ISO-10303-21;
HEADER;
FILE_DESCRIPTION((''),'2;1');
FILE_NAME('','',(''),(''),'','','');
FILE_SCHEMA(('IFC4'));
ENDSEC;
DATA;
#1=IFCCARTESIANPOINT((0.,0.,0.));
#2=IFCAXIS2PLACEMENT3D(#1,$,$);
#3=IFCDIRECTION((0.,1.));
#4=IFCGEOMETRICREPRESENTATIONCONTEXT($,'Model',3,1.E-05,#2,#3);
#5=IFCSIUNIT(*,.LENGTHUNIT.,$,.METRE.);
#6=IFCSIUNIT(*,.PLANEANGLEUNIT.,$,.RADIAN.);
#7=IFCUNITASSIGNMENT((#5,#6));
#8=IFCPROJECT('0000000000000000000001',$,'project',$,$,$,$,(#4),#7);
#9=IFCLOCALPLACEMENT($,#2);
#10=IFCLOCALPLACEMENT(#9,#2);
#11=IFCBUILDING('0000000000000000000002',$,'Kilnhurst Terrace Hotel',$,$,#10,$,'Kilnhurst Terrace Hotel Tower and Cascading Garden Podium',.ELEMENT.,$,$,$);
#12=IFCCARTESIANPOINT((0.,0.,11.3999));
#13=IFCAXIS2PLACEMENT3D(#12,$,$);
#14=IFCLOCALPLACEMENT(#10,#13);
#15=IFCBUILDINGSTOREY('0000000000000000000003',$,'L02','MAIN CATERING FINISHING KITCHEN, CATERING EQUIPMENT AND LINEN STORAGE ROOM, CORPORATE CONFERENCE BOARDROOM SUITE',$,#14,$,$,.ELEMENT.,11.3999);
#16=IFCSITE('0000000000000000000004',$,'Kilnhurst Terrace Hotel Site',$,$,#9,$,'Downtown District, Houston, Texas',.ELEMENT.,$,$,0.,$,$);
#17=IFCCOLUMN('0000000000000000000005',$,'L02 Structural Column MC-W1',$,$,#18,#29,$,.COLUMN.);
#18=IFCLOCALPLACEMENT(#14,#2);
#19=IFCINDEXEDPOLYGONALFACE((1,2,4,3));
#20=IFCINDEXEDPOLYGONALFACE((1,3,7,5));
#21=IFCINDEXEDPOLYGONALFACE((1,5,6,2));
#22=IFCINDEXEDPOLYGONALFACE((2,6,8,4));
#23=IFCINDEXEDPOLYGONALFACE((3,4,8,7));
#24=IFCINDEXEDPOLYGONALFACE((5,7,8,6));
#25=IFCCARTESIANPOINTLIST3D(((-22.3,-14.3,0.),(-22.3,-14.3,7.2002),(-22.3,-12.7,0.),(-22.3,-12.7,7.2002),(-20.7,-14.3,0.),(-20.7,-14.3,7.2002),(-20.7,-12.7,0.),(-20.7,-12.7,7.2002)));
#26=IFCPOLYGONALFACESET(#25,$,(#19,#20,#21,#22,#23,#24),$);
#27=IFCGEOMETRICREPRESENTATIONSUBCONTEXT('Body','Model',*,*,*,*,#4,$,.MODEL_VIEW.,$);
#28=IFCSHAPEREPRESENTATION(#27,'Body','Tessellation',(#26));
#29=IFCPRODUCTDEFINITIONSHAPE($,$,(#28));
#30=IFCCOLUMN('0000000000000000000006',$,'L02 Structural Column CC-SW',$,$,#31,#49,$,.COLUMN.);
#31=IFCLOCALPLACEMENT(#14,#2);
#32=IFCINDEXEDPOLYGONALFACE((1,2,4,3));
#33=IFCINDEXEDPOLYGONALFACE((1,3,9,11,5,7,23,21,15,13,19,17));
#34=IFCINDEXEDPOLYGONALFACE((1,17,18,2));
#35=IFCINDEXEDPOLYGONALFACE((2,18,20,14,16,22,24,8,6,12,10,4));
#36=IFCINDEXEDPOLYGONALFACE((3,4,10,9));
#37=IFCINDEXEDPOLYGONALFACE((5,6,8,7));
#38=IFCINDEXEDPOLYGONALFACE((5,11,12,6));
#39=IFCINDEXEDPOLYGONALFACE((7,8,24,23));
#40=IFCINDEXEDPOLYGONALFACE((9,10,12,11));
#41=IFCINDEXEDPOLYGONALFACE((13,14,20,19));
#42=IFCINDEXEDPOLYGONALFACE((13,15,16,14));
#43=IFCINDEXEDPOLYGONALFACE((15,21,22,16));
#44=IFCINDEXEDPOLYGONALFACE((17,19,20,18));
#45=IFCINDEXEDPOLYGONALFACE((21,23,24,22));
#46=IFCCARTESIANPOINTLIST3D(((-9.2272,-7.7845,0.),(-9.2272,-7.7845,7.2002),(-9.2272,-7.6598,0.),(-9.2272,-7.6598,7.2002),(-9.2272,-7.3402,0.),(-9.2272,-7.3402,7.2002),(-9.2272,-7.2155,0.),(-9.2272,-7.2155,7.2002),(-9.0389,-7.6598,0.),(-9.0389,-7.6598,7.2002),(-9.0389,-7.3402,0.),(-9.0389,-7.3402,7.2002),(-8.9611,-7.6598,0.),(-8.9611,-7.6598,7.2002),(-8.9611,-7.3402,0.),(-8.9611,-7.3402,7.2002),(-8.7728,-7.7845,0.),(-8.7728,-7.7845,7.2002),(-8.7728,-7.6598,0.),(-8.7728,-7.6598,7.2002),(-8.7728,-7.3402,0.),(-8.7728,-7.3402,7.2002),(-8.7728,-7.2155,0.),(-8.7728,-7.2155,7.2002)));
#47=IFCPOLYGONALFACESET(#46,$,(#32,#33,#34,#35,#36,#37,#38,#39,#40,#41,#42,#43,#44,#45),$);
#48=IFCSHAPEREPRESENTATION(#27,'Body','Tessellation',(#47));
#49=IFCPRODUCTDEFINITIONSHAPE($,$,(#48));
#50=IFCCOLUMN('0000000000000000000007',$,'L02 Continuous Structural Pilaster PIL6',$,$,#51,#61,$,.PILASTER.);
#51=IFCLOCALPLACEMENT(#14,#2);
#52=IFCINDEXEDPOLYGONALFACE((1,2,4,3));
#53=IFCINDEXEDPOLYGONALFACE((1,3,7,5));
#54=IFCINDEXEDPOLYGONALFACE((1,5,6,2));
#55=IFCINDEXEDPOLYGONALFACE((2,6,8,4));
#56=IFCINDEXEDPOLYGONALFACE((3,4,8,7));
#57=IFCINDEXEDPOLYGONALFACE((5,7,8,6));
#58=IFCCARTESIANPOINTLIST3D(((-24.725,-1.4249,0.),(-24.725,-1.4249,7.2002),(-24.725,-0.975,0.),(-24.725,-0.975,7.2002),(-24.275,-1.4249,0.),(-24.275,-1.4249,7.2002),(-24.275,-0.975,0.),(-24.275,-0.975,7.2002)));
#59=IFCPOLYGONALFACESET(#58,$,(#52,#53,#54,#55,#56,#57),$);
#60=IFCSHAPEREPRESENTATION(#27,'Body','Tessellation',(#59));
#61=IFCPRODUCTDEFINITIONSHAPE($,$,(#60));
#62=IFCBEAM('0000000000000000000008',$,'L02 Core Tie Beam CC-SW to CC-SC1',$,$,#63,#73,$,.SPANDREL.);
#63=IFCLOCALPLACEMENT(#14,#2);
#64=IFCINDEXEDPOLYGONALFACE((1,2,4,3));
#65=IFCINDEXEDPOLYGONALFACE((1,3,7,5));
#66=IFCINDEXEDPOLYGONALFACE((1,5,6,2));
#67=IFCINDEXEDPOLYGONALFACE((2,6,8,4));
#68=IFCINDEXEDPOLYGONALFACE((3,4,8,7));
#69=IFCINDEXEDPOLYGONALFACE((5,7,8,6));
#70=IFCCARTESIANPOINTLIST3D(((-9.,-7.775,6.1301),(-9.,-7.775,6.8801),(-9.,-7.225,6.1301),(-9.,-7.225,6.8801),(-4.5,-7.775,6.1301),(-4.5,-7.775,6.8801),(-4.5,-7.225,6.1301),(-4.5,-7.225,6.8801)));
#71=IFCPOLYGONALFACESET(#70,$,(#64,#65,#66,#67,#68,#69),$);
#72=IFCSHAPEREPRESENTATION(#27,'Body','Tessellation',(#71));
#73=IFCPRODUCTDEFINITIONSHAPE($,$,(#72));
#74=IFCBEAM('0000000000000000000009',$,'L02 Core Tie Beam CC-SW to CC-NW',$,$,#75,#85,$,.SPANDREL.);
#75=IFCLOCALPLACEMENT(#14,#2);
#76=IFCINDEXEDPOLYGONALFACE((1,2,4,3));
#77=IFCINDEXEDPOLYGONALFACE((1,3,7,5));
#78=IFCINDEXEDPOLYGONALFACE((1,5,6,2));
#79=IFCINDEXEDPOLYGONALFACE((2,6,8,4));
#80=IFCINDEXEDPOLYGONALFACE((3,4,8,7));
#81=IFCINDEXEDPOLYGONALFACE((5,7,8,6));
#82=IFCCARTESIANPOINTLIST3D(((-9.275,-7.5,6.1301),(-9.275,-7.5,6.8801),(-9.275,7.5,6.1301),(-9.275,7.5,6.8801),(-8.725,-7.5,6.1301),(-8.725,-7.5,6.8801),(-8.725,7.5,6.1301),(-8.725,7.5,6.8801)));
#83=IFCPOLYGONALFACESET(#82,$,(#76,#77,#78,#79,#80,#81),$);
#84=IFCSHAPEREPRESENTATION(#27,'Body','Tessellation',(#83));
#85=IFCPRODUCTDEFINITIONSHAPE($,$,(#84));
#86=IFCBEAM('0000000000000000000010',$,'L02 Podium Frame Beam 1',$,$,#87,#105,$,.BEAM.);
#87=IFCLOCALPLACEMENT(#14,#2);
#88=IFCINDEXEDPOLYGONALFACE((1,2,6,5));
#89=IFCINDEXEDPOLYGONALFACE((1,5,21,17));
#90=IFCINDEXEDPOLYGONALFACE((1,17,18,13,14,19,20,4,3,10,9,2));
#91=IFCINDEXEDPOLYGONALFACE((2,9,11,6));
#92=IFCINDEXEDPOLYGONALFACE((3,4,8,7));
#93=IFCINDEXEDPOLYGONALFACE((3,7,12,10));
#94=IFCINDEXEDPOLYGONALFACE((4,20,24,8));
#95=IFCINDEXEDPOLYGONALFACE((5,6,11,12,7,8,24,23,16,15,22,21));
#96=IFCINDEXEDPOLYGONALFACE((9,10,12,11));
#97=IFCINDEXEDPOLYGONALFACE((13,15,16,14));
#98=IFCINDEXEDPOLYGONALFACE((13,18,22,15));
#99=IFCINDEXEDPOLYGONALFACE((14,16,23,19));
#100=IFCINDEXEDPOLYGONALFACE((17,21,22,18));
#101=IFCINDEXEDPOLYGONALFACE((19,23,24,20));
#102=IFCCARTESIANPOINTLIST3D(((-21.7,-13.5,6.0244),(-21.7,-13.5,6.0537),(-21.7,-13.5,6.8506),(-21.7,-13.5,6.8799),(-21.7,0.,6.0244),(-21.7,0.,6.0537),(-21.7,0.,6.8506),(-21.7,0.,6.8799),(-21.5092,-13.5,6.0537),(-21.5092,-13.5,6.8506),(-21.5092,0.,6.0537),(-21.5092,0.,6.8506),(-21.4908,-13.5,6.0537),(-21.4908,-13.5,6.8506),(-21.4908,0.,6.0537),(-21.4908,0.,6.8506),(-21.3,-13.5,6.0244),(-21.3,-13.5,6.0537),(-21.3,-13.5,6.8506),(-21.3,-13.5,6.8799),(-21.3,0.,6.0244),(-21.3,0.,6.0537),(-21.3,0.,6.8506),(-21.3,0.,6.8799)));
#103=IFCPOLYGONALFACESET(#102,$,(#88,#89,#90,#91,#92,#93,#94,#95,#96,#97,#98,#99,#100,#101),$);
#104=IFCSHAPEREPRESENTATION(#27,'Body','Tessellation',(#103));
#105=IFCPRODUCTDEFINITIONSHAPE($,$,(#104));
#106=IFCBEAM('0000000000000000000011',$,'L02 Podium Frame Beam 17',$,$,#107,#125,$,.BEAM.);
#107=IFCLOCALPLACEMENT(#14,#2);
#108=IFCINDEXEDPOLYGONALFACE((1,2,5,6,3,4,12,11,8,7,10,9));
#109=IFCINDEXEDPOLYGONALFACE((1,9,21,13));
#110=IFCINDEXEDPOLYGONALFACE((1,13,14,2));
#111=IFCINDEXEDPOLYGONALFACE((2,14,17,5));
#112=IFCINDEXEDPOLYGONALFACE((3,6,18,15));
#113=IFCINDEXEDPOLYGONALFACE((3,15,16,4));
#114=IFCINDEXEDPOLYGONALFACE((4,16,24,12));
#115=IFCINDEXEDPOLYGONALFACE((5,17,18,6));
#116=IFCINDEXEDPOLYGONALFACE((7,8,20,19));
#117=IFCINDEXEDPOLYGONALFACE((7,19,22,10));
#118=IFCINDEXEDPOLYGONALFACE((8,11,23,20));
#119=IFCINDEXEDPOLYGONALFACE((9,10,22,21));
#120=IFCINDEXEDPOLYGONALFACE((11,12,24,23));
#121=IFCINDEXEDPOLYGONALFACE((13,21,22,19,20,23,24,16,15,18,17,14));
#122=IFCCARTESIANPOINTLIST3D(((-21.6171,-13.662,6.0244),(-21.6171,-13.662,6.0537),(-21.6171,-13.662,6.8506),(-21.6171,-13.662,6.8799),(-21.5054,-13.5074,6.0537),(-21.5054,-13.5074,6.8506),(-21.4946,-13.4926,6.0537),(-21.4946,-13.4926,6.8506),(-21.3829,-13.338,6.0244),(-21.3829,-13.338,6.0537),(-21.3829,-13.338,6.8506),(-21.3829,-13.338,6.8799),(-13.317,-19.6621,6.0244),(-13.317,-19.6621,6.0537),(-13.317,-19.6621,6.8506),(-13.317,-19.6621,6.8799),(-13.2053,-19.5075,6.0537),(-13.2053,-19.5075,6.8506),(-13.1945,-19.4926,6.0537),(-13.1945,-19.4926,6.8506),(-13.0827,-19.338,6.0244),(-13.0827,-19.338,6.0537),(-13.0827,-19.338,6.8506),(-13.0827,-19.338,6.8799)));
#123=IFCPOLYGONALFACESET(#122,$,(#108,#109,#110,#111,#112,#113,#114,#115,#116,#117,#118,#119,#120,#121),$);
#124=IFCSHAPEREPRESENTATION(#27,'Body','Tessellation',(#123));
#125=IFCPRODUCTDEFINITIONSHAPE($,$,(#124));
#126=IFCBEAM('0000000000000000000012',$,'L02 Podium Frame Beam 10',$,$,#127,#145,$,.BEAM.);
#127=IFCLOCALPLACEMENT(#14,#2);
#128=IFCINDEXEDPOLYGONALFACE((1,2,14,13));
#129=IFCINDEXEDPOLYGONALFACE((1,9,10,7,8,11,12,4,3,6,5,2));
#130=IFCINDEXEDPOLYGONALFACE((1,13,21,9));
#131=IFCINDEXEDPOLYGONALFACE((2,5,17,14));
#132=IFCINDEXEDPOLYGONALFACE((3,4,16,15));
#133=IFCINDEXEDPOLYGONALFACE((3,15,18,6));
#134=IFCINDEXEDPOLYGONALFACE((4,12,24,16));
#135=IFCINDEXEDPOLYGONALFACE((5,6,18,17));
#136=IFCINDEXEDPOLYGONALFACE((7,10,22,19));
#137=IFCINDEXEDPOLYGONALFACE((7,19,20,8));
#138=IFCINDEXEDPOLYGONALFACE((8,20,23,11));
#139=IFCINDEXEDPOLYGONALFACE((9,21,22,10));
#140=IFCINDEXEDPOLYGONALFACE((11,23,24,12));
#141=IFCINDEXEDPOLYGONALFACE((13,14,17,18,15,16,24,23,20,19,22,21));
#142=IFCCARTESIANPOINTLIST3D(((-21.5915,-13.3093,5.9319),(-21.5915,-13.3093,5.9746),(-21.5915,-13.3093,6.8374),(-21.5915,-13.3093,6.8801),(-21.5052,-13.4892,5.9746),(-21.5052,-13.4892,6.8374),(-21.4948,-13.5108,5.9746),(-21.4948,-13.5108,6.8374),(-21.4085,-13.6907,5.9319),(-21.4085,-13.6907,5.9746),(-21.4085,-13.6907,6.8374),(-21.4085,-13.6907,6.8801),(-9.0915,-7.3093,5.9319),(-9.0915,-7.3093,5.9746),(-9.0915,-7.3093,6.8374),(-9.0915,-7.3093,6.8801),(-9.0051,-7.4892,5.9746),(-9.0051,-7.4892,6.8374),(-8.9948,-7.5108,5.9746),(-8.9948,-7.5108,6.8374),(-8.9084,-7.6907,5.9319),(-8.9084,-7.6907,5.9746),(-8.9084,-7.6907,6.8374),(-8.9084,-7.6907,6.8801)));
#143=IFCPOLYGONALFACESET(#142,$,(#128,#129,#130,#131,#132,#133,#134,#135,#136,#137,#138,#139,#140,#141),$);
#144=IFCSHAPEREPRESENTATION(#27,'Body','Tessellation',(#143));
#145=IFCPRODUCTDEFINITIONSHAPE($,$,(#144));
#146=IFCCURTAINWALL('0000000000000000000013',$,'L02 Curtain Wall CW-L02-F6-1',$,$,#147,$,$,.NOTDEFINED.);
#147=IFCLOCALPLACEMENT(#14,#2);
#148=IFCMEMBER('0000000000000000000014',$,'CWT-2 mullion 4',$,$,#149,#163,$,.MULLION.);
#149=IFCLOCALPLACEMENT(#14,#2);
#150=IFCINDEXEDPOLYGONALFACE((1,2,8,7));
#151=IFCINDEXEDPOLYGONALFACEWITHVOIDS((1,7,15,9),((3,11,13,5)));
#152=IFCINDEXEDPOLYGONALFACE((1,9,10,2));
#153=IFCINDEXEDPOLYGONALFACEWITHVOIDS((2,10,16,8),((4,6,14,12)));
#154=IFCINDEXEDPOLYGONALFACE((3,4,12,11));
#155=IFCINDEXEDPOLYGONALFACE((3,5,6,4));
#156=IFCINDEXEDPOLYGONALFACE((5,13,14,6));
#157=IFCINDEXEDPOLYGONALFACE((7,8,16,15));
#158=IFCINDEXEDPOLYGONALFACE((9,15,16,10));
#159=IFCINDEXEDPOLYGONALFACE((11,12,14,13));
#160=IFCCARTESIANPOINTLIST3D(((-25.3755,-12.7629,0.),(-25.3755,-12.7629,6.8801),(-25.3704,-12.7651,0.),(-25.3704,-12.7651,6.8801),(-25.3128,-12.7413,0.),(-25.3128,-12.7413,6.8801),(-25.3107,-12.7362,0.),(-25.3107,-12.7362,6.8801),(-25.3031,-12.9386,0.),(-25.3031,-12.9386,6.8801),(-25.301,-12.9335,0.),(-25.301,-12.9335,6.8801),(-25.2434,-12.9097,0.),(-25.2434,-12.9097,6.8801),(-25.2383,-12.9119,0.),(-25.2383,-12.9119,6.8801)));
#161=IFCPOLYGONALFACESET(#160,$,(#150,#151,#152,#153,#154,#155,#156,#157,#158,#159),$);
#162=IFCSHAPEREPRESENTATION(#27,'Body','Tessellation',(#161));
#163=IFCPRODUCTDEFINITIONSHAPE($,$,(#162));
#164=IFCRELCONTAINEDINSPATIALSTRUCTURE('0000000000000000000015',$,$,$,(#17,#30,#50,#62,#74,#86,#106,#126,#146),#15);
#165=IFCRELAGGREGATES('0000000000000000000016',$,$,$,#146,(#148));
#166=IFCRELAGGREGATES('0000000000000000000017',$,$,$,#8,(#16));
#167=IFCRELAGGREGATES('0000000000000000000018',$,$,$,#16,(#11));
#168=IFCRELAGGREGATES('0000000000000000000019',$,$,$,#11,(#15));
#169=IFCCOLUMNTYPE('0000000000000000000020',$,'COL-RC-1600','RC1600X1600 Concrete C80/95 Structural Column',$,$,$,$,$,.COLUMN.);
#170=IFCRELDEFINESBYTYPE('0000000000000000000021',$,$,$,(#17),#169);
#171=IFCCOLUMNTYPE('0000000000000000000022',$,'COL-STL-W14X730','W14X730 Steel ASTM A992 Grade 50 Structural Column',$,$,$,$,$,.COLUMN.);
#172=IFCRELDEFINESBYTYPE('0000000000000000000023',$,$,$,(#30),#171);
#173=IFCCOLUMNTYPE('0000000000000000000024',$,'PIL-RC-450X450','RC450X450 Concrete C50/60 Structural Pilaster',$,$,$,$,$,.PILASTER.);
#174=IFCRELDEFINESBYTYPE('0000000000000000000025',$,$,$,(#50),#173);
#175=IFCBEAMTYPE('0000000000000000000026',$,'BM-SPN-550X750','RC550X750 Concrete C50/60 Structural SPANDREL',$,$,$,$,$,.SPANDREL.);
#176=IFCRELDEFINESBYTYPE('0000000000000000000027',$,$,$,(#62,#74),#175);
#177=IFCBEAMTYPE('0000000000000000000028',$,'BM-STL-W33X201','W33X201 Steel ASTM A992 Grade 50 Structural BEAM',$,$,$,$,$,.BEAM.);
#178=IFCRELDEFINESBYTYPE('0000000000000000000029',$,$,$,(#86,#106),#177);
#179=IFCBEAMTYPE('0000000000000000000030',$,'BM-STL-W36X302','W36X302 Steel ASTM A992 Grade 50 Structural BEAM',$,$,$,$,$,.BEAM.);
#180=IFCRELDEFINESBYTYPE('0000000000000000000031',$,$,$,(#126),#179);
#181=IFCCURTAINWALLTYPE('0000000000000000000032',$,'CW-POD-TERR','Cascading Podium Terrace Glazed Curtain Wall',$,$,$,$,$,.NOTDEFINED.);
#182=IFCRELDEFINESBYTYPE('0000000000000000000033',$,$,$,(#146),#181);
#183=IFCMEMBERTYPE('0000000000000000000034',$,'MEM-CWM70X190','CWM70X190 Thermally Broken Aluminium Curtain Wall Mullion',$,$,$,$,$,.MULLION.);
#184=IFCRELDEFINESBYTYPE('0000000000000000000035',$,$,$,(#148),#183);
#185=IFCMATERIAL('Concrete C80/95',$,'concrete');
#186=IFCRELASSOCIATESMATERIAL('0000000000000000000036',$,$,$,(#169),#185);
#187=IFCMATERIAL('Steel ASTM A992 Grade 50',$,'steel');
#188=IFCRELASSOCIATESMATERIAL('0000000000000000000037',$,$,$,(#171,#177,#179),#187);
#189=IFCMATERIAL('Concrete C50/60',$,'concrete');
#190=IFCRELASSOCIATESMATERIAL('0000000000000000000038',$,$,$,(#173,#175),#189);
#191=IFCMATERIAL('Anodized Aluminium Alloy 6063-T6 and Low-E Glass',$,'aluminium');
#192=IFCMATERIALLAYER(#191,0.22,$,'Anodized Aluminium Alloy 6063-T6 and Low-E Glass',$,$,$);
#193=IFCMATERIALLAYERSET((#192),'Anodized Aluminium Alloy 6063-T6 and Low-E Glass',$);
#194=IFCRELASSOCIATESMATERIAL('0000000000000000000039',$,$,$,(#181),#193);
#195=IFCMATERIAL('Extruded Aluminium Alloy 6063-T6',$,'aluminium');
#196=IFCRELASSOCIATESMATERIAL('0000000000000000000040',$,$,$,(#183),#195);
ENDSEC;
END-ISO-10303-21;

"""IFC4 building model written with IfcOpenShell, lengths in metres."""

from ifc_helpers import new_model, si_unit, direction, frame, origin, origin_2d, place, context, subcontext, project, spatial, rectangle, hollow_rectangle, i_section, extrude, material, layer, layer_set, material_profile, profile_set, type_object, element, aggregate, save


model = new_model("IFC4")

# Units and contexts
model_context = context("Model", 3, precision=1e-05, world=origin(), true_north=direction((0.0, 1.0)))
body_context = subcontext(model_context, "Body", "Model", "MODEL_VIEW")
ifc_project = project(units=[si_unit("LENGTHUNIT", "METRE"), si_unit("PLANEANGLEUNIT", "RADIAN")], contexts=[model_context])

# Site, building, storey
site_placement = place(None, origin())
site = spatial("IfcSite", under=ifc_project, at=site_placement, Name="Kilnhurst Terrace Hotel Site", LongName="Downtown District, Houston, Texas", CompositionType="ELEMENT", RefElevation=0.0)
building_placement = place(site_placement, origin())
building = spatial("IfcBuilding", under=site, at=building_placement, Name="Kilnhurst Terrace Hotel", LongName="Kilnhurst Terrace Hotel Tower and Cascading Garden Podium", CompositionType="ELEMENT")
storey_placement = place(building_placement, frame((0.0, 0.0, 11.3999)))
storey = spatial("IfcBuildingStorey", under=building, at=storey_placement, Name="L02", Description="MAIN CATERING FINISHING KITCHEN, CATERING EQUIPMENT AND LINEN STORAGE ROOM, CORPORATE CONFERENCE BOARDROOM SUITE", CompositionType="ELEMENT", Elevation=11.3999)

# Columns
ifc_material_1 = material(Name="Concrete C80/95", Category="concrete")
ifc_material_profile_1 = material_profile(ifc_material_1, rectangle(XDim=1.6001, YDim=1.6001, at=origin_2d()), Name="RC1600X1600")
ifc_profile_set_1 = profile_set([ifc_material_profile_1], Name="Concrete C80/95")
column_type_1 = type_object("IfcColumnType", Name="COL-RC-1600", Description="RC1600X1600 Concrete C80/95 Structural Column", PredefinedType="COLUMN", material=ifc_profile_set_1)
column_1_placement = place(storey_placement, frame((-21.5, -13.5, 0.0), z_axis=(0.0, 0.0, 1.0), x_axis=(1.0, 0.0, 0.0)))
element("IfcColumn", 1, at=column_1_placement, inside=storey, type_object=column_type_1, Name="L02 Structural Column MC-W1", PredefinedType="COLUMN", context=body_context, shape_type="SweptSolid", body=[
    extrude(rectangle(XDim=1.6001, YDim=1.6001, at=origin_2d()), origin(), (0.0, 0.0, 1.0), 7.2002),
])
ifc_material_2 = material(Name="Steel ASTM A992 Grade 50", Category="steel")
ifc_material_profile_2 = material_profile(ifc_material_2, i_section(OverallWidth=0.4543, OverallDepth=0.5691, WebThickness=0.0779, FlangeThickness=0.1248, at=origin_2d()), Name="W14X730")
ifc_profile_set_2 = profile_set([ifc_material_profile_2], Name="Steel ASTM A992 Grade 50")
column_type_2 = type_object("IfcColumnType", Name="COL-STL-W14X730", Description="W14X730 Steel ASTM A992 Grade 50 Structural Column", PredefinedType="COLUMN", material=ifc_profile_set_2)
column_2_placement = place(storey_placement, frame((-9.0, -7.5, 0.0), z_axis=(0.0, 0.0, 1.0), x_axis=(1.0, 0.0, 0.0)))
element("IfcColumn", 2, at=column_2_placement, inside=storey, type_object=column_type_2, Name="L02 Structural Column CC-SW", PredefinedType="COLUMN", context=body_context, shape_type="SweptSolid", body=[
    extrude(i_section(OverallWidth=0.4543, OverallDepth=0.5691, WebThickness=0.0779, FlangeThickness=0.1248, at=origin_2d()), origin(), (0.0, 0.0, 1.0), 7.2002),
])
ifc_material_3 = material(Name="Concrete C50/60", Category="concrete")
ifc_material_profile_3 = material_profile(ifc_material_3, rectangle(XDim=0.45, YDim=0.45, at=origin_2d()), Name="RC450X450")
ifc_profile_set_3 = profile_set([ifc_material_profile_3], Name="Concrete C50/60")
column_type_3 = type_object("IfcColumnType", Name="PIL-RC-450X450", Description="RC450X450 Concrete C50/60 Structural Pilaster", PredefinedType="PILASTER", material=ifc_profile_set_3)
column_3_placement = place(storey_placement, frame((-24.5, -1.2, 0.0), z_axis=(0.0, 0.0, 1.0), x_axis=(1.0, 0.0, 0.0)))
element("IfcColumn", 3, at=column_3_placement, inside=storey, type_object=column_type_3, Name="L02 Continuous Structural Pilaster PIL6", PredefinedType="PILASTER", context=body_context, shape_type="SweptSolid", body=[
    extrude(rectangle(XDim=0.45, YDim=0.45, at=origin_2d()), origin(), (0.0, 0.0, 1.0), 7.2002),
])

# Beams
ifc_material_profile_4 = material_profile(ifc_material_3, rectangle(XDim=0.55, YDim=0.75, at=origin_2d()), Name="RC550X750")
ifc_profile_set_4 = profile_set([ifc_material_profile_4], Name="Concrete C50/60")
beam_type_1 = type_object("IfcBeamType", Name="BM-SPN-550X750", Description="RC550X750 Concrete C50/60 Structural SPANDREL", PredefinedType="SPANDREL", material=ifc_profile_set_4)
beam_1_placement = place(storey_placement, frame((-9.0, -7.5, 6.5051), z_axis=(1.0, 0.0, 0.0), x_axis=(0.0, 1.0, 0.0)))
element("IfcBeam", 4, at=beam_1_placement, inside=storey, type_object=beam_type_1, Name="L02 Core Tie Beam CC-SW to CC-SC1", PredefinedType="SPANDREL", context=body_context, shape_type="SweptSolid", body=[
    extrude(rectangle(XDim=0.55, YDim=0.75, at=origin_2d()), origin(), (0.0, 0.0, 1.0), 4.5),
])
beam_2_placement = place(storey_placement, frame((-9.0, -7.5, 6.5051), z_axis=(0.0, 1.0, 0.0), x_axis=(-1.0, 0.0, 0.0)))
element("IfcBeam", 5, at=beam_2_placement, inside=storey, type_object=beam_type_1, Name="L02 Core Tie Beam CC-SW to CC-NW", PredefinedType="SPANDREL", context=body_context, shape_type="SweptSolid", body=[
    extrude(rectangle(XDim=0.55, YDim=0.75, at=origin_2d()), origin(), (0.0, 0.0, 1.0), 15.0),
])
ifc_material_profile_5 = material_profile(ifc_material_2, i_section(OverallWidth=0.3999, OverallDepth=0.8555, WebThickness=0.0183, FlangeThickness=0.0293, at=origin_2d()), Name="W33X201")
ifc_profile_set_5 = profile_set([ifc_material_profile_5], Name="Steel ASTM A992 Grade 50")
beam_type_2 = type_object("IfcBeamType", Name="BM-STL-W33X201", Description="W33X201 Steel ASTM A992 Grade 50 Structural BEAM", PredefinedType="BEAM", material=ifc_profile_set_5)
beam_3_placement = place(storey_placement, frame((-21.5, -13.5, 6.4521), z_axis=(0.0, 1.0, 0.0), x_axis=(-1.0, 0.0, 0.0)))
element("IfcBeam", 6, at=beam_3_placement, inside=storey, type_object=beam_type_2, Name="L02 Podium Frame Beam 1", PredefinedType="BEAM", context=body_context, shape_type="SweptSolid", body=[
    extrude(i_section(OverallWidth=0.3999, OverallDepth=0.8555, WebThickness=0.0183, FlangeThickness=0.0293, at=origin_2d()), origin(), (0.0, 0.0, 1.0), 13.5),
])
beam_4_placement = place(storey_placement, frame((-21.5, -13.5, 6.4521), z_axis=(0.810423, -0.585845, 0.0), x_axis=(0.585845, 0.810423, 0.0)))
element("IfcBeam", 7, at=beam_4_placement, inside=storey, type_object=beam_type_2, Name="L02 Podium Frame Beam 17", PredefinedType="BEAM", context=body_context, shape_type="SweptSolid", body=[
    extrude(i_section(OverallWidth=0.3999, OverallDepth=0.8555, WebThickness=0.0183, FlangeThickness=0.0293, at=origin_2d()), origin(), (0.0, 0.0, 1.0), 10.2417),
])
ifc_material_profile_6 = material_profile(ifc_material_2, i_section(OverallWidth=0.4231, OverallDepth=0.9482, WebThickness=0.0239, FlangeThickness=0.0427, at=origin_2d()), Name="W36X302")
ifc_profile_set_6 = profile_set([ifc_material_profile_6], Name="Steel ASTM A992 Grade 50")
beam_type_3 = type_object("IfcBeamType", Name="BM-STL-W36X302", Description="W36X302 Steel ASTM A992 Grade 50 Structural BEAM", PredefinedType="BEAM", material=ifc_profile_set_6)
beam_5_placement = place(storey_placement, frame((-21.5, -13.5, 6.406), z_axis=(0.901523, 0.432731, 0.0), x_axis=(-0.432731, 0.901523, 0.0)))
element("IfcBeam", 8, at=beam_5_placement, inside=storey, type_object=beam_type_3, Name="L02 Podium Frame Beam 10", PredefinedType="BEAM", context=body_context, shape_type="SweptSolid", body=[
    extrude(i_section(OverallWidth=0.4231, OverallDepth=0.9482, WebThickness=0.0239, FlangeThickness=0.0427, at=origin_2d()), origin(), (0.0, 0.0, 1.0), 13.8655),
])

# Curtain wall, member
ifc_material_4 = material(Name="Anodized Aluminium Alloy 6063-T6 and Low-E Glass", Category="aluminium")
ifc_layer_1 = layer(ifc_material_4, 0.22, Name="Anodized Aluminium Alloy 6063-T6 and Low-E Glass")
ifc_layer_set_1 = layer_set([ifc_layer_1], Name="Anodized Aluminium Alloy 6063-T6 and Low-E Glass")
curtain_wall_type = type_object("IfcCurtainWallType", Name="CW-POD-TERR", Description="Cascading Podium Terrace Glazed Curtain Wall", PredefinedType="NOTDEFINED", material=ifc_layer_set_1)
curtain_wall_placement = place(storey_placement, origin())
curtain_wall = element("IfcCurtainWall", 9, at=curtain_wall_placement, inside=storey, type_object=curtain_wall_type, Name="L02 Curtain Wall CW-L02-F6-1", PredefinedType="NOTDEFINED")
ifc_material_5 = material(Name="Extruded Aluminium Alloy 6063-T6", Category="aluminium")
ifc_material_profile_7 = material_profile(ifc_material_5, hollow_rectangle(XDim=0.0701, YDim=0.1899, WallThickness=0.0039, at=origin_2d()), Name="CWM70X190")
ifc_profile_set_7 = profile_set([ifc_material_profile_7], Name="Extruded Aluminium Alloy 6063-T6")
member_type_1 = type_object("IfcMemberType", Name="MEM-CWM70X190", Description="CWM70X190 Thermally Broken Aluminium Curtain Wall Mullion", PredefinedType="MULLION", material=ifc_profile_set_7)
member_1_placement = place(storey_placement, frame((-25.3069, -12.8374, 0.0), z_axis=(0.0, 0.0, 1.0), x_axis=(0.924545, 0.381073, 0.0)))
member_1 = element("IfcMember", 10, at=member_1_placement, type_object=member_type_1, Name="CWT-2 mullion 4", PredefinedType="MULLION", context=body_context, shape_type="SweptSolid", body=[
    extrude(hollow_rectangle(XDim=0.0701, YDim=0.1899, WallThickness=0.0039, at=origin_2d()), origin(), (0.0, 0.0, 1.0), 6.8801),
])

aggregate(curtain_wall, [member_1])

save(model, "model.ifc")
